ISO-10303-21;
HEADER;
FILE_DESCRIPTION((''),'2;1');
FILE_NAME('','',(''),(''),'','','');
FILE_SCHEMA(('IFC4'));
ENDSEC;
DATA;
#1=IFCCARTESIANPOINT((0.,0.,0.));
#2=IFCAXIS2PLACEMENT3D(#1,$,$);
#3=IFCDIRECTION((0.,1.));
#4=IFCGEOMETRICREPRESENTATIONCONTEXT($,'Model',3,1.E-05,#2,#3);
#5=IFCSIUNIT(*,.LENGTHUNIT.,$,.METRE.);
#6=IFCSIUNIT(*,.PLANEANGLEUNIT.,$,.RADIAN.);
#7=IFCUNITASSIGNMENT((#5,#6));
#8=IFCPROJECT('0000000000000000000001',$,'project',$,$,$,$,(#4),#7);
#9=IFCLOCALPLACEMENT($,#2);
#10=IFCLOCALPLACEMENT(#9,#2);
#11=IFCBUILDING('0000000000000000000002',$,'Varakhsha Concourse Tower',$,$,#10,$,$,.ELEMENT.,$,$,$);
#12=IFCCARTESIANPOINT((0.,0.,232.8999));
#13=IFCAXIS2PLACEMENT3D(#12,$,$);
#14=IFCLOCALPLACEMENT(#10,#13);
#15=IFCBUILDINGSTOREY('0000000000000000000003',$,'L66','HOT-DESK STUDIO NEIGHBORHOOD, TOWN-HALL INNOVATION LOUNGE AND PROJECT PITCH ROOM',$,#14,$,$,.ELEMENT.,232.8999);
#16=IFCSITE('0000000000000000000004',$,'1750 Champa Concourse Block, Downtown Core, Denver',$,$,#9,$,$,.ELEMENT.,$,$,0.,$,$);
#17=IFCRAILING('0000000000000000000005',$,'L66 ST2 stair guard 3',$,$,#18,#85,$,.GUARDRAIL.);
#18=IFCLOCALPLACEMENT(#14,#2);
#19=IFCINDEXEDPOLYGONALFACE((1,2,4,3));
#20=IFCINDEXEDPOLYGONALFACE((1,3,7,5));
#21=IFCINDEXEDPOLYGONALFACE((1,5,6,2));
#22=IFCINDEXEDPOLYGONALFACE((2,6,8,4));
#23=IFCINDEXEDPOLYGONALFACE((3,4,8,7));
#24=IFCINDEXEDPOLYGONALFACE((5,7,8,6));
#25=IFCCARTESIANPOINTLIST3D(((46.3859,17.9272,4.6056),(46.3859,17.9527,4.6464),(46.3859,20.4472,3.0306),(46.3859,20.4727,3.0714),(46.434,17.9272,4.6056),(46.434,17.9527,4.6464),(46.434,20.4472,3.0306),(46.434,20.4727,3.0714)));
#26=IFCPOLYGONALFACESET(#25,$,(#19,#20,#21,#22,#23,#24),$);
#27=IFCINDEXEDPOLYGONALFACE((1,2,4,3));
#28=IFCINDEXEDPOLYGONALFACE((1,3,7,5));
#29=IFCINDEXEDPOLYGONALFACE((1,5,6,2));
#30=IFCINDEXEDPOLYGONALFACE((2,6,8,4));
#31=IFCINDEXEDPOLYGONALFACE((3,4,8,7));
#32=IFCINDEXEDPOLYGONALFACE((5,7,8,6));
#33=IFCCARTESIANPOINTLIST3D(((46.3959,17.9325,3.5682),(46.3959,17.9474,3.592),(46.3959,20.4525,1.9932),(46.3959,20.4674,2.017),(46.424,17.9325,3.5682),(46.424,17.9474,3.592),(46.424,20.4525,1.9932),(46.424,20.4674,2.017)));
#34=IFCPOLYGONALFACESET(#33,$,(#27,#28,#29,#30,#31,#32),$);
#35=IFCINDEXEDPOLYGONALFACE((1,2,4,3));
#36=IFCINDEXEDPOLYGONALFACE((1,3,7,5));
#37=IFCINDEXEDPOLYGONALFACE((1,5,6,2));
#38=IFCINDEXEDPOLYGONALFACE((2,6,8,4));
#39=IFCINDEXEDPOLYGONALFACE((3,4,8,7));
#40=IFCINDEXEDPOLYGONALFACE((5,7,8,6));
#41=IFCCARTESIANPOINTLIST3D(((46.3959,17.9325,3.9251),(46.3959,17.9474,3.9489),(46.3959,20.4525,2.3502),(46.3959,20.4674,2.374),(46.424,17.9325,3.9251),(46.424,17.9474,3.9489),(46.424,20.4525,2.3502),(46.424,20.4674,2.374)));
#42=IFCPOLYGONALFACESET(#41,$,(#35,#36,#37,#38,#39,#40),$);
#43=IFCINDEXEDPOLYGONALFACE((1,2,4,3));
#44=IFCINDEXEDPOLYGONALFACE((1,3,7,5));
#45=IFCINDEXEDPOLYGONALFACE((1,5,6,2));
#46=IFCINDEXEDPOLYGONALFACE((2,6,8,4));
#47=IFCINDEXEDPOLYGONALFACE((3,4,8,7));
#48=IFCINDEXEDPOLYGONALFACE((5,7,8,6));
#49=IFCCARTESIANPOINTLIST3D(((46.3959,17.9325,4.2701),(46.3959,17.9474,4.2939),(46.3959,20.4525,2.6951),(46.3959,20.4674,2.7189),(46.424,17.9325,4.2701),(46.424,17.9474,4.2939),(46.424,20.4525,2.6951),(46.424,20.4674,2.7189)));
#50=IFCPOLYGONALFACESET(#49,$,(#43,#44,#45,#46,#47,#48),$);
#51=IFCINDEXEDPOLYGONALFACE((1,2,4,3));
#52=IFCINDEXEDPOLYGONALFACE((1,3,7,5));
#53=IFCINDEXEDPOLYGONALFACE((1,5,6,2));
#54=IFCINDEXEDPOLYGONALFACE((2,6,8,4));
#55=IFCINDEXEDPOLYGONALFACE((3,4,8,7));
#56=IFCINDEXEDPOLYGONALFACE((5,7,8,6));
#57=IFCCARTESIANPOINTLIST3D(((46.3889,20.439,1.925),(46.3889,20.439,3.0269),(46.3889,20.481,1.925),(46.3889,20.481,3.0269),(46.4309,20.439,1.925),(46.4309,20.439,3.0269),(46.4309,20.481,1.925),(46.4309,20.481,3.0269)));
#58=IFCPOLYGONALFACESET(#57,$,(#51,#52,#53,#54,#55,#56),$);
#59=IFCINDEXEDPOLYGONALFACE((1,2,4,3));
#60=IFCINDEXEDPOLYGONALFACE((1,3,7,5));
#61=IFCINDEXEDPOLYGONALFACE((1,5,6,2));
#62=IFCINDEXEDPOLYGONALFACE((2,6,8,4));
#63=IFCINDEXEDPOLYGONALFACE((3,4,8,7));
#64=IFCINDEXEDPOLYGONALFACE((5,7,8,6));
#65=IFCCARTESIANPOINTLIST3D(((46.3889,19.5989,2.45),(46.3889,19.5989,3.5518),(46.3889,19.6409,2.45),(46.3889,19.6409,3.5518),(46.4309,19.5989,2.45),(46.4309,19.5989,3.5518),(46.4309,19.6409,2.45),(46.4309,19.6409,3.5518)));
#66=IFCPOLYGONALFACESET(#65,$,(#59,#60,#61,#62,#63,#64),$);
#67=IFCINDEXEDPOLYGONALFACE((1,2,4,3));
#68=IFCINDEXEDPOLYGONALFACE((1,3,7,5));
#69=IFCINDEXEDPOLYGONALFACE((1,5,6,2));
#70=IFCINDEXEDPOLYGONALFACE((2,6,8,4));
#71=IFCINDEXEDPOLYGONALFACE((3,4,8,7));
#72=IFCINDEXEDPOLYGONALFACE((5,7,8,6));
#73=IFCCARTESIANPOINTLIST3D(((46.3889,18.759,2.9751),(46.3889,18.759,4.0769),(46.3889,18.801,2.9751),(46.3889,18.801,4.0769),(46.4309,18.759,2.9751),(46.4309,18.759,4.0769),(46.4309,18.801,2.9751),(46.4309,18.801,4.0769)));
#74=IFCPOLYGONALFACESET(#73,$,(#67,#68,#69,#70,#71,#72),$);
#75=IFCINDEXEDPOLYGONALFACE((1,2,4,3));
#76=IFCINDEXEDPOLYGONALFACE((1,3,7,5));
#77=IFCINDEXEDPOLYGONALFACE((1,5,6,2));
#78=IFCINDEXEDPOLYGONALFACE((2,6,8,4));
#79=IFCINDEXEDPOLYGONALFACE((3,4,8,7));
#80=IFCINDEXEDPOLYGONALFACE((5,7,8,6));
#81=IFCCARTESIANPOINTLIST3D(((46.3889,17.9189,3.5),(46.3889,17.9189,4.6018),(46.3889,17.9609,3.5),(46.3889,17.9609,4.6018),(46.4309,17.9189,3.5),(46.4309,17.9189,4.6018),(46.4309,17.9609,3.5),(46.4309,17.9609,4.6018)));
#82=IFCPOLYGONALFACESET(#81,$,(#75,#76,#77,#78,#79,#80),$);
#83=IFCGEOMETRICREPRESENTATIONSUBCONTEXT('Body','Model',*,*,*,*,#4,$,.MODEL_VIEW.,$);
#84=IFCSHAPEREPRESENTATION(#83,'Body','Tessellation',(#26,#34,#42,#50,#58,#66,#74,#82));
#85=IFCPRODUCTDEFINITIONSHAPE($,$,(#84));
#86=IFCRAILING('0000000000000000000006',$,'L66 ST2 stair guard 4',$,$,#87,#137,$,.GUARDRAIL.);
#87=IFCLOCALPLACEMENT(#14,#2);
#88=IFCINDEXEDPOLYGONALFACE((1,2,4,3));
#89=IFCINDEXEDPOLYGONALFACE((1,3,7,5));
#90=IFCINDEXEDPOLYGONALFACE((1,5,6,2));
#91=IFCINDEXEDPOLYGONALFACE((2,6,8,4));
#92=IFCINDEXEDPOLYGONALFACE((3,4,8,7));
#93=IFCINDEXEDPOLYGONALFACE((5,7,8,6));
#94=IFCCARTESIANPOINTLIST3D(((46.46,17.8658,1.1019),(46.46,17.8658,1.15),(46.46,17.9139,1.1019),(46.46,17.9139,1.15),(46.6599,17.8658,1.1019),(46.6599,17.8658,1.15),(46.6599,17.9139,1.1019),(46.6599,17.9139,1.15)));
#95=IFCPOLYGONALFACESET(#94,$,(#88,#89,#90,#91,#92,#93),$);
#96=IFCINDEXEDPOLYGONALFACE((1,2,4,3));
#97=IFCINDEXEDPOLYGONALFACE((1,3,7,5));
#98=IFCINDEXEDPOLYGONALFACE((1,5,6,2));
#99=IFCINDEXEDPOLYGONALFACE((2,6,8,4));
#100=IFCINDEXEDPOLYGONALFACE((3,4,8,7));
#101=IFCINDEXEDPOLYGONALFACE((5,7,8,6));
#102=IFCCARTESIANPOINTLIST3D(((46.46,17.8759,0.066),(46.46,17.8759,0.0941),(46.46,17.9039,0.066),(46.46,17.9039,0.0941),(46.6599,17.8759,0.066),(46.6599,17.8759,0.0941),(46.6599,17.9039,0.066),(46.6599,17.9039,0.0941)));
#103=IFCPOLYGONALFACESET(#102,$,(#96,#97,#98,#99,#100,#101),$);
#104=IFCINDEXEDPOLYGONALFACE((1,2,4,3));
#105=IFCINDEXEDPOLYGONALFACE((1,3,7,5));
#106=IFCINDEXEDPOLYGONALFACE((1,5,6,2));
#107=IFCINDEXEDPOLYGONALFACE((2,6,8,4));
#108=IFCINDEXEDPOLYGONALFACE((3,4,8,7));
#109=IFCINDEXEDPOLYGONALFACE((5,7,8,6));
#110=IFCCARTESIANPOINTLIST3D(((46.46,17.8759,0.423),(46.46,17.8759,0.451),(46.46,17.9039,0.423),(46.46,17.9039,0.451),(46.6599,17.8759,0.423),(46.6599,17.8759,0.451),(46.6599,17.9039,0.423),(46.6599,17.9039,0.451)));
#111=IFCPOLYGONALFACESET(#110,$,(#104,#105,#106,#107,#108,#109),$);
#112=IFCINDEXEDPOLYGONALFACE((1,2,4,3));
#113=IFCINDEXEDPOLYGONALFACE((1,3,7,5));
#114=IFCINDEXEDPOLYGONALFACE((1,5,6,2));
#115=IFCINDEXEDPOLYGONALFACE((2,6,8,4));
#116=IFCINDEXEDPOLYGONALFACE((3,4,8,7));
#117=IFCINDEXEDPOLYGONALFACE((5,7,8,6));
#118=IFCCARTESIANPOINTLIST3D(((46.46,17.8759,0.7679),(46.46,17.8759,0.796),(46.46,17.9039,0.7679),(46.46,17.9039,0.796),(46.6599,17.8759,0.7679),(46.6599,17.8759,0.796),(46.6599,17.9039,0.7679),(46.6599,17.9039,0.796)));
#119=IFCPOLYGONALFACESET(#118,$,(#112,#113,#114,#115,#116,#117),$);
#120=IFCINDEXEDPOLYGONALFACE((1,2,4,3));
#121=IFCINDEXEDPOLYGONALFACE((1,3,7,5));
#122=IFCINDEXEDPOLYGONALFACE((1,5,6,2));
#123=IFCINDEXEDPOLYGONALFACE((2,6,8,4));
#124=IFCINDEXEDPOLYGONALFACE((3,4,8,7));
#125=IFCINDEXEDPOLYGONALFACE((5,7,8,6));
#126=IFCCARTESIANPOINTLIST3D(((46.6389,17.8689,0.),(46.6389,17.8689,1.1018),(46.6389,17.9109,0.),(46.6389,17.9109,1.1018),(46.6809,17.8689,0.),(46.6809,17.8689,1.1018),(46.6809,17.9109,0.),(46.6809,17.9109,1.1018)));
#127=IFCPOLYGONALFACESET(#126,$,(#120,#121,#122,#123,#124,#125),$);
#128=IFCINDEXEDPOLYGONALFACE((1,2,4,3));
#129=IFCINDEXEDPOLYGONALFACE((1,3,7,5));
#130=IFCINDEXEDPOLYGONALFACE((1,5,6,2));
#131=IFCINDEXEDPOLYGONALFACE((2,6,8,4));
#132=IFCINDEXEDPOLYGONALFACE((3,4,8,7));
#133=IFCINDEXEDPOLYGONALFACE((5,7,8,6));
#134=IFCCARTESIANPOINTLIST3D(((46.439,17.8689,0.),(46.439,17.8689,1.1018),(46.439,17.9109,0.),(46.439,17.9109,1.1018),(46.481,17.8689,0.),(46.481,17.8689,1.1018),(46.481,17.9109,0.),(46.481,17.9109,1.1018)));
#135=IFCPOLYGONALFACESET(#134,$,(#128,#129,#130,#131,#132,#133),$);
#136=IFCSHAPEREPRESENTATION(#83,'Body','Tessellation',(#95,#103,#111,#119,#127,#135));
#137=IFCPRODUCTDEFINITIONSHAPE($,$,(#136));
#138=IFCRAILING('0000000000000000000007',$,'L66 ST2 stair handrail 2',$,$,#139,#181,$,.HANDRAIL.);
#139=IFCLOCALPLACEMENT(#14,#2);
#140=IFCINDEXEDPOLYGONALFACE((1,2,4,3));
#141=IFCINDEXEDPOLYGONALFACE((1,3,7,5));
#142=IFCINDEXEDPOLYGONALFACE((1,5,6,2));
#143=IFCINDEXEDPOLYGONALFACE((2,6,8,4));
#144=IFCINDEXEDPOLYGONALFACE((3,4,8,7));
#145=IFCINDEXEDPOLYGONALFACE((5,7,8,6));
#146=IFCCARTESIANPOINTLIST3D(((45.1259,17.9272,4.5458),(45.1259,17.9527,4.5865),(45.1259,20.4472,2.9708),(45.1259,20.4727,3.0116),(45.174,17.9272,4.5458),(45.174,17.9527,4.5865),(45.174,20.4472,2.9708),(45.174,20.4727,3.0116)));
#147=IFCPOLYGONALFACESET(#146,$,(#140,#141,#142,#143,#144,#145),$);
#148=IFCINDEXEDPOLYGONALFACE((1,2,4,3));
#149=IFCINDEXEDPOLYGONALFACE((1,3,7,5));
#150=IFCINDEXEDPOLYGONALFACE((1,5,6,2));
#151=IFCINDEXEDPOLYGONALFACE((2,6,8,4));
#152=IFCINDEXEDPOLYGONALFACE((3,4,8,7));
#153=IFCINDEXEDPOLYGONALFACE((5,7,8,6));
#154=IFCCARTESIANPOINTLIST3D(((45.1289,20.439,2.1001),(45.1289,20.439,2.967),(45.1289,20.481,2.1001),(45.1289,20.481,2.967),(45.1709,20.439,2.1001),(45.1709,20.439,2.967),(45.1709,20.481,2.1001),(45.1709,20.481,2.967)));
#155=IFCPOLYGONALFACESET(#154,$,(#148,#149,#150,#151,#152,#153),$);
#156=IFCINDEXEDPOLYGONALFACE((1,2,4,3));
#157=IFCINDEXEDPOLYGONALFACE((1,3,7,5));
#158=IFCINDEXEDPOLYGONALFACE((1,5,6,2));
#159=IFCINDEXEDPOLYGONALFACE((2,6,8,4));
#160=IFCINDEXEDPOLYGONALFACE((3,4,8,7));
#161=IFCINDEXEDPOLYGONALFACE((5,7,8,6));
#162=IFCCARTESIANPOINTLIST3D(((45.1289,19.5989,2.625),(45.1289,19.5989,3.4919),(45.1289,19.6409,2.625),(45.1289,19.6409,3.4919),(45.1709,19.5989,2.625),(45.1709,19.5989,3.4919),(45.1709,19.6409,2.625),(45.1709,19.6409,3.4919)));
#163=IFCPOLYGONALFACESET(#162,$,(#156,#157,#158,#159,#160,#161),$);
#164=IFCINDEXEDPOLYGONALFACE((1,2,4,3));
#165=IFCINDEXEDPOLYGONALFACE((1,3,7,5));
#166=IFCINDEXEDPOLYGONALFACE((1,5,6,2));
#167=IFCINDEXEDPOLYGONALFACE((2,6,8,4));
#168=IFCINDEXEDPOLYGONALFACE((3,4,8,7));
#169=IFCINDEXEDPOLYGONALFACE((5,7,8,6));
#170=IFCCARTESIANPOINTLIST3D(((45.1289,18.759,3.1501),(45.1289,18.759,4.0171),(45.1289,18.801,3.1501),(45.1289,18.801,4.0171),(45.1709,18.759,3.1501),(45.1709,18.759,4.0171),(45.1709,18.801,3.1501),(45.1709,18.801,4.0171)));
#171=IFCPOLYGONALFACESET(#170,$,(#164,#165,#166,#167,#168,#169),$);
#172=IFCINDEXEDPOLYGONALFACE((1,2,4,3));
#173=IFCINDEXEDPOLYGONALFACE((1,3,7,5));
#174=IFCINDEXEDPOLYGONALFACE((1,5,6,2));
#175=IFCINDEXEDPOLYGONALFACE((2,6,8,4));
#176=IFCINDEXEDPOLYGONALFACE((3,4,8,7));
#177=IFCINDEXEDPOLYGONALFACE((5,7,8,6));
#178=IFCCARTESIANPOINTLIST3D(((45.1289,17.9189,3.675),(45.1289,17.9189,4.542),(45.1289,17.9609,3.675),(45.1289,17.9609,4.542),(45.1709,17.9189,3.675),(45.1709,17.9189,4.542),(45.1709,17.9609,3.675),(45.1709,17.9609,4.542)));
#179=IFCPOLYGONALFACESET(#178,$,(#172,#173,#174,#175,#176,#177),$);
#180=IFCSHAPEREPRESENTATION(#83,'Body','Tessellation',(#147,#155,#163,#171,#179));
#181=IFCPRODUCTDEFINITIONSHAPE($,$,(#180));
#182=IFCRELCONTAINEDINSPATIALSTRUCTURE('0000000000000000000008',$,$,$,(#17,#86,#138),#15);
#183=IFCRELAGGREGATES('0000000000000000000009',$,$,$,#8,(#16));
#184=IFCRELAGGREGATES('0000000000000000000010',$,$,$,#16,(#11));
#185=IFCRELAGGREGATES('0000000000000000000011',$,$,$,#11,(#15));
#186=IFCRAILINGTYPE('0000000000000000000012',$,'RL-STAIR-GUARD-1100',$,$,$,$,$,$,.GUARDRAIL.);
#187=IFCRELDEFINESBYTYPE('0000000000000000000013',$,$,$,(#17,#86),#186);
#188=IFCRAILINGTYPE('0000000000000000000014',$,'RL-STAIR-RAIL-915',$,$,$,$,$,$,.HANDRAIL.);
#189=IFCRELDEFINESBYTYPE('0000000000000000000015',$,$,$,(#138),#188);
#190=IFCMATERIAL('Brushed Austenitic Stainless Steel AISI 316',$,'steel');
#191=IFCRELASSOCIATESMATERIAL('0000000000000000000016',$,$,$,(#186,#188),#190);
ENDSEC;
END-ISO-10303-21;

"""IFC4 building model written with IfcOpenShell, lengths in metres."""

from ifc_helpers import new_model, si_unit, direction, frame, origin, origin_2d, place, context, subcontext, project, spatial, rectangle, extrude, material, type_object, element, save


model = new_model("IFC4")

# Units and contexts
model_context = context("Model", 3, precision=1e-05, world=origin(), true_north=direction((0.0, 1.0)))
body_context = subcontext(model_context, "Body", "Model", "MODEL_VIEW")
ifc_project = project(units=[si_unit("LENGTHUNIT", "METRE"), si_unit("PLANEANGLEUNIT", "RADIAN")], contexts=[model_context])

# Site, building, storey
site_placement = place(None, origin())
site = spatial("IfcSite", under=ifc_project, at=site_placement, Name="1750 Champa Concourse Block, Downtown Core, Denver", CompositionType="ELEMENT", RefElevation=0.0)
building_placement = place(site_placement, origin())
building = spatial("IfcBuilding", under=site, at=building_placement, Name="Varakhsha Concourse Tower", CompositionType="ELEMENT")
storey_placement = place(building_placement, frame((0.0, 0.0, 232.8999)))
storey = spatial("IfcBuildingStorey", under=building, at=storey_placement, Name="L66", Description="HOT-DESK STUDIO NEIGHBORHOOD, TOWN-HALL INNOVATION LOUNGE AND PROJECT PITCH ROOM", CompositionType="ELEMENT", Elevation=232.8999)

# Railings
ifc_material_1 = material(Name="Brushed Austenitic Stainless Steel AISI 316", Category="steel")
railing_type_1 = type_object("IfcRailingType", Name="RL-STAIR-GUARD-1100", PredefinedType="GUARDRAIL", material=ifc_material_1)
railing_1_placement = place(storey_placement, frame((46.4099, 20.46, 1.925)))
element("IfcRailing", 1, at=railing_1_placement, inside=storey, type_object=railing_type_1, Name="L66 ST2 stair guard 3", PredefinedType="GUARDRAIL", context=body_context, shape_type="SweptSolid", body=[
    extrude(rectangle(XDim=0.0481, YDim=0.0481, at=origin_2d()), frame((0.0, 0.0, 1.126), z_axis=(0.0, -0.848008, 0.529984), x_axis=(1.0, 0.0, 0.0)), (0.0, 0.0, 1.0), 2.9717),
    extrude(rectangle(XDim=0.0281, YDim=0.0281, at=origin_2d()), frame((0.0, 0.0, 0.0801), z_axis=(0.0, -0.848008, 0.529984), x_axis=(1.0, 0.0, 0.0)), (0.0, 0.0, 1.0), 2.9717),
    extrude(rectangle(XDim=0.0281, YDim=0.0281, at=origin_2d()), frame((0.0, 0.0, 0.437), z_axis=(0.0, -0.848008, 0.529984), x_axis=(1.0, 0.0, 0.0)), (0.0, 0.0, 1.0), 2.9717),
    extrude(rectangle(XDim=0.0281, YDim=0.0281, at=origin_2d()), frame((0.0, 0.0, 0.782), z_axis=(0.0, -0.848008, 0.529984), x_axis=(1.0, 0.0, 0.0)), (0.0, 0.0, 1.0), 2.9717),
    extrude(rectangle(XDim=0.042, YDim=0.042, at=origin_2d()), origin(), (0.0, 0.0, 1.0), 1.1018),
    extrude(rectangle(XDim=0.042, YDim=0.042, at=origin_2d()), frame((0.0, -0.8401, 0.5249)), (0.0, 0.0, 1.0), 1.1018),
    extrude(rectangle(XDim=0.042, YDim=0.042, at=origin_2d()), frame((0.0, -1.6799, 1.05)), (0.0, 0.0, 1.0), 1.1018),
    extrude(rectangle(XDim=0.042, YDim=0.042, at=origin_2d()), frame((0.0, -2.52, 1.575)), (0.0, 0.0, 1.0), 1.1018),
])
railing_2_placement = place(storey_placement, frame((46.6599, 17.8899, 0.0)))
element("IfcRailing", 2, at=railing_2_placement, inside=storey, type_object=railing_type_1, Name="L66 ST2 stair guard 4", PredefinedType="GUARDRAIL", context=body_context, shape_type="SweptSolid", body=[
    extrude(rectangle(XDim=0.0481, YDim=0.0481, at=origin_2d()), frame((0.0, 0.0, 1.126), z_axis=(-1.0, 0.0, 0.0), x_axis=(0.0, -1.0, 0.0)), (0.0, 0.0, 1.0), 0.2),
    extrude(rectangle(XDim=0.0281, YDim=0.0281, at=origin_2d()), frame((0.0, 0.0, 0.0801), z_axis=(-1.0, 0.0, 0.0), x_axis=(0.0, -1.0, 0.0)), (0.0, 0.0, 1.0), 0.2),
    extrude(rectangle(XDim=0.0281, YDim=0.0281, at=origin_2d()), frame((0.0, 0.0, 0.437), z_axis=(-1.0, 0.0, 0.0), x_axis=(0.0, -1.0, 0.0)), (0.0, 0.0, 1.0), 0.2),
    extrude(rectangle(XDim=0.0281, YDim=0.0281, at=origin_2d()), frame((0.0, 0.0, 0.782), z_axis=(-1.0, 0.0, 0.0), x_axis=(0.0, -1.0, 0.0)), (0.0, 0.0, 1.0), 0.2),
    extrude(rectangle(XDim=0.042, YDim=0.042, at=origin_2d()), origin(), (0.0, 0.0, 1.0), 1.1018),
    extrude(rectangle(XDim=0.042, YDim=0.042, at=origin_2d()), frame((-0.2, 0.0, 0.0)), (0.0, 0.0, 1.0), 1.1018),
])
railing_type_2 = type_object("IfcRailingType", Name="RL-STAIR-RAIL-915", PredefinedType="HANDRAIL", material=ifc_material_1)
railing_3_placement = place(storey_placement, frame((45.1499, 20.46, 2.1001)))
element("IfcRailing", 3, at=railing_3_placement, inside=storey, type_object=railing_type_2, Name="L66 ST2 stair handrail 2", PredefinedType="HANDRAIL", context=body_context, shape_type="SweptSolid", body=[
    extrude(rectangle(XDim=0.0481, YDim=0.0481, at=origin_2d()), frame((0.0, 0.0, 0.8911), z_axis=(0.0, -0.848008, 0.529984), x_axis=(1.0, 0.0, 0.0)), (0.0, 0.0, 1.0), 2.9717),
    extrude(rectangle(XDim=0.042, YDim=0.042, at=origin_2d()), origin(), (0.0, 0.0, 1.0), 0.8669),
    extrude(rectangle(XDim=0.042, YDim=0.042, at=origin_2d()), frame((0.0, -0.8401, 0.5249)), (0.0, 0.0, 1.0), 0.8669),
    extrude(rectangle(XDim=0.042, YDim=0.042, at=origin_2d()), frame((0.0, -1.6799, 1.05)), (0.0, 0.0, 1.0), 0.8669),
    extrude(rectangle(XDim=0.042, YDim=0.042, at=origin_2d()), frame((0.0, -2.52, 1.575)), (0.0, 0.0, 1.0), 0.8669),
])

save(model, "model.ifc")
